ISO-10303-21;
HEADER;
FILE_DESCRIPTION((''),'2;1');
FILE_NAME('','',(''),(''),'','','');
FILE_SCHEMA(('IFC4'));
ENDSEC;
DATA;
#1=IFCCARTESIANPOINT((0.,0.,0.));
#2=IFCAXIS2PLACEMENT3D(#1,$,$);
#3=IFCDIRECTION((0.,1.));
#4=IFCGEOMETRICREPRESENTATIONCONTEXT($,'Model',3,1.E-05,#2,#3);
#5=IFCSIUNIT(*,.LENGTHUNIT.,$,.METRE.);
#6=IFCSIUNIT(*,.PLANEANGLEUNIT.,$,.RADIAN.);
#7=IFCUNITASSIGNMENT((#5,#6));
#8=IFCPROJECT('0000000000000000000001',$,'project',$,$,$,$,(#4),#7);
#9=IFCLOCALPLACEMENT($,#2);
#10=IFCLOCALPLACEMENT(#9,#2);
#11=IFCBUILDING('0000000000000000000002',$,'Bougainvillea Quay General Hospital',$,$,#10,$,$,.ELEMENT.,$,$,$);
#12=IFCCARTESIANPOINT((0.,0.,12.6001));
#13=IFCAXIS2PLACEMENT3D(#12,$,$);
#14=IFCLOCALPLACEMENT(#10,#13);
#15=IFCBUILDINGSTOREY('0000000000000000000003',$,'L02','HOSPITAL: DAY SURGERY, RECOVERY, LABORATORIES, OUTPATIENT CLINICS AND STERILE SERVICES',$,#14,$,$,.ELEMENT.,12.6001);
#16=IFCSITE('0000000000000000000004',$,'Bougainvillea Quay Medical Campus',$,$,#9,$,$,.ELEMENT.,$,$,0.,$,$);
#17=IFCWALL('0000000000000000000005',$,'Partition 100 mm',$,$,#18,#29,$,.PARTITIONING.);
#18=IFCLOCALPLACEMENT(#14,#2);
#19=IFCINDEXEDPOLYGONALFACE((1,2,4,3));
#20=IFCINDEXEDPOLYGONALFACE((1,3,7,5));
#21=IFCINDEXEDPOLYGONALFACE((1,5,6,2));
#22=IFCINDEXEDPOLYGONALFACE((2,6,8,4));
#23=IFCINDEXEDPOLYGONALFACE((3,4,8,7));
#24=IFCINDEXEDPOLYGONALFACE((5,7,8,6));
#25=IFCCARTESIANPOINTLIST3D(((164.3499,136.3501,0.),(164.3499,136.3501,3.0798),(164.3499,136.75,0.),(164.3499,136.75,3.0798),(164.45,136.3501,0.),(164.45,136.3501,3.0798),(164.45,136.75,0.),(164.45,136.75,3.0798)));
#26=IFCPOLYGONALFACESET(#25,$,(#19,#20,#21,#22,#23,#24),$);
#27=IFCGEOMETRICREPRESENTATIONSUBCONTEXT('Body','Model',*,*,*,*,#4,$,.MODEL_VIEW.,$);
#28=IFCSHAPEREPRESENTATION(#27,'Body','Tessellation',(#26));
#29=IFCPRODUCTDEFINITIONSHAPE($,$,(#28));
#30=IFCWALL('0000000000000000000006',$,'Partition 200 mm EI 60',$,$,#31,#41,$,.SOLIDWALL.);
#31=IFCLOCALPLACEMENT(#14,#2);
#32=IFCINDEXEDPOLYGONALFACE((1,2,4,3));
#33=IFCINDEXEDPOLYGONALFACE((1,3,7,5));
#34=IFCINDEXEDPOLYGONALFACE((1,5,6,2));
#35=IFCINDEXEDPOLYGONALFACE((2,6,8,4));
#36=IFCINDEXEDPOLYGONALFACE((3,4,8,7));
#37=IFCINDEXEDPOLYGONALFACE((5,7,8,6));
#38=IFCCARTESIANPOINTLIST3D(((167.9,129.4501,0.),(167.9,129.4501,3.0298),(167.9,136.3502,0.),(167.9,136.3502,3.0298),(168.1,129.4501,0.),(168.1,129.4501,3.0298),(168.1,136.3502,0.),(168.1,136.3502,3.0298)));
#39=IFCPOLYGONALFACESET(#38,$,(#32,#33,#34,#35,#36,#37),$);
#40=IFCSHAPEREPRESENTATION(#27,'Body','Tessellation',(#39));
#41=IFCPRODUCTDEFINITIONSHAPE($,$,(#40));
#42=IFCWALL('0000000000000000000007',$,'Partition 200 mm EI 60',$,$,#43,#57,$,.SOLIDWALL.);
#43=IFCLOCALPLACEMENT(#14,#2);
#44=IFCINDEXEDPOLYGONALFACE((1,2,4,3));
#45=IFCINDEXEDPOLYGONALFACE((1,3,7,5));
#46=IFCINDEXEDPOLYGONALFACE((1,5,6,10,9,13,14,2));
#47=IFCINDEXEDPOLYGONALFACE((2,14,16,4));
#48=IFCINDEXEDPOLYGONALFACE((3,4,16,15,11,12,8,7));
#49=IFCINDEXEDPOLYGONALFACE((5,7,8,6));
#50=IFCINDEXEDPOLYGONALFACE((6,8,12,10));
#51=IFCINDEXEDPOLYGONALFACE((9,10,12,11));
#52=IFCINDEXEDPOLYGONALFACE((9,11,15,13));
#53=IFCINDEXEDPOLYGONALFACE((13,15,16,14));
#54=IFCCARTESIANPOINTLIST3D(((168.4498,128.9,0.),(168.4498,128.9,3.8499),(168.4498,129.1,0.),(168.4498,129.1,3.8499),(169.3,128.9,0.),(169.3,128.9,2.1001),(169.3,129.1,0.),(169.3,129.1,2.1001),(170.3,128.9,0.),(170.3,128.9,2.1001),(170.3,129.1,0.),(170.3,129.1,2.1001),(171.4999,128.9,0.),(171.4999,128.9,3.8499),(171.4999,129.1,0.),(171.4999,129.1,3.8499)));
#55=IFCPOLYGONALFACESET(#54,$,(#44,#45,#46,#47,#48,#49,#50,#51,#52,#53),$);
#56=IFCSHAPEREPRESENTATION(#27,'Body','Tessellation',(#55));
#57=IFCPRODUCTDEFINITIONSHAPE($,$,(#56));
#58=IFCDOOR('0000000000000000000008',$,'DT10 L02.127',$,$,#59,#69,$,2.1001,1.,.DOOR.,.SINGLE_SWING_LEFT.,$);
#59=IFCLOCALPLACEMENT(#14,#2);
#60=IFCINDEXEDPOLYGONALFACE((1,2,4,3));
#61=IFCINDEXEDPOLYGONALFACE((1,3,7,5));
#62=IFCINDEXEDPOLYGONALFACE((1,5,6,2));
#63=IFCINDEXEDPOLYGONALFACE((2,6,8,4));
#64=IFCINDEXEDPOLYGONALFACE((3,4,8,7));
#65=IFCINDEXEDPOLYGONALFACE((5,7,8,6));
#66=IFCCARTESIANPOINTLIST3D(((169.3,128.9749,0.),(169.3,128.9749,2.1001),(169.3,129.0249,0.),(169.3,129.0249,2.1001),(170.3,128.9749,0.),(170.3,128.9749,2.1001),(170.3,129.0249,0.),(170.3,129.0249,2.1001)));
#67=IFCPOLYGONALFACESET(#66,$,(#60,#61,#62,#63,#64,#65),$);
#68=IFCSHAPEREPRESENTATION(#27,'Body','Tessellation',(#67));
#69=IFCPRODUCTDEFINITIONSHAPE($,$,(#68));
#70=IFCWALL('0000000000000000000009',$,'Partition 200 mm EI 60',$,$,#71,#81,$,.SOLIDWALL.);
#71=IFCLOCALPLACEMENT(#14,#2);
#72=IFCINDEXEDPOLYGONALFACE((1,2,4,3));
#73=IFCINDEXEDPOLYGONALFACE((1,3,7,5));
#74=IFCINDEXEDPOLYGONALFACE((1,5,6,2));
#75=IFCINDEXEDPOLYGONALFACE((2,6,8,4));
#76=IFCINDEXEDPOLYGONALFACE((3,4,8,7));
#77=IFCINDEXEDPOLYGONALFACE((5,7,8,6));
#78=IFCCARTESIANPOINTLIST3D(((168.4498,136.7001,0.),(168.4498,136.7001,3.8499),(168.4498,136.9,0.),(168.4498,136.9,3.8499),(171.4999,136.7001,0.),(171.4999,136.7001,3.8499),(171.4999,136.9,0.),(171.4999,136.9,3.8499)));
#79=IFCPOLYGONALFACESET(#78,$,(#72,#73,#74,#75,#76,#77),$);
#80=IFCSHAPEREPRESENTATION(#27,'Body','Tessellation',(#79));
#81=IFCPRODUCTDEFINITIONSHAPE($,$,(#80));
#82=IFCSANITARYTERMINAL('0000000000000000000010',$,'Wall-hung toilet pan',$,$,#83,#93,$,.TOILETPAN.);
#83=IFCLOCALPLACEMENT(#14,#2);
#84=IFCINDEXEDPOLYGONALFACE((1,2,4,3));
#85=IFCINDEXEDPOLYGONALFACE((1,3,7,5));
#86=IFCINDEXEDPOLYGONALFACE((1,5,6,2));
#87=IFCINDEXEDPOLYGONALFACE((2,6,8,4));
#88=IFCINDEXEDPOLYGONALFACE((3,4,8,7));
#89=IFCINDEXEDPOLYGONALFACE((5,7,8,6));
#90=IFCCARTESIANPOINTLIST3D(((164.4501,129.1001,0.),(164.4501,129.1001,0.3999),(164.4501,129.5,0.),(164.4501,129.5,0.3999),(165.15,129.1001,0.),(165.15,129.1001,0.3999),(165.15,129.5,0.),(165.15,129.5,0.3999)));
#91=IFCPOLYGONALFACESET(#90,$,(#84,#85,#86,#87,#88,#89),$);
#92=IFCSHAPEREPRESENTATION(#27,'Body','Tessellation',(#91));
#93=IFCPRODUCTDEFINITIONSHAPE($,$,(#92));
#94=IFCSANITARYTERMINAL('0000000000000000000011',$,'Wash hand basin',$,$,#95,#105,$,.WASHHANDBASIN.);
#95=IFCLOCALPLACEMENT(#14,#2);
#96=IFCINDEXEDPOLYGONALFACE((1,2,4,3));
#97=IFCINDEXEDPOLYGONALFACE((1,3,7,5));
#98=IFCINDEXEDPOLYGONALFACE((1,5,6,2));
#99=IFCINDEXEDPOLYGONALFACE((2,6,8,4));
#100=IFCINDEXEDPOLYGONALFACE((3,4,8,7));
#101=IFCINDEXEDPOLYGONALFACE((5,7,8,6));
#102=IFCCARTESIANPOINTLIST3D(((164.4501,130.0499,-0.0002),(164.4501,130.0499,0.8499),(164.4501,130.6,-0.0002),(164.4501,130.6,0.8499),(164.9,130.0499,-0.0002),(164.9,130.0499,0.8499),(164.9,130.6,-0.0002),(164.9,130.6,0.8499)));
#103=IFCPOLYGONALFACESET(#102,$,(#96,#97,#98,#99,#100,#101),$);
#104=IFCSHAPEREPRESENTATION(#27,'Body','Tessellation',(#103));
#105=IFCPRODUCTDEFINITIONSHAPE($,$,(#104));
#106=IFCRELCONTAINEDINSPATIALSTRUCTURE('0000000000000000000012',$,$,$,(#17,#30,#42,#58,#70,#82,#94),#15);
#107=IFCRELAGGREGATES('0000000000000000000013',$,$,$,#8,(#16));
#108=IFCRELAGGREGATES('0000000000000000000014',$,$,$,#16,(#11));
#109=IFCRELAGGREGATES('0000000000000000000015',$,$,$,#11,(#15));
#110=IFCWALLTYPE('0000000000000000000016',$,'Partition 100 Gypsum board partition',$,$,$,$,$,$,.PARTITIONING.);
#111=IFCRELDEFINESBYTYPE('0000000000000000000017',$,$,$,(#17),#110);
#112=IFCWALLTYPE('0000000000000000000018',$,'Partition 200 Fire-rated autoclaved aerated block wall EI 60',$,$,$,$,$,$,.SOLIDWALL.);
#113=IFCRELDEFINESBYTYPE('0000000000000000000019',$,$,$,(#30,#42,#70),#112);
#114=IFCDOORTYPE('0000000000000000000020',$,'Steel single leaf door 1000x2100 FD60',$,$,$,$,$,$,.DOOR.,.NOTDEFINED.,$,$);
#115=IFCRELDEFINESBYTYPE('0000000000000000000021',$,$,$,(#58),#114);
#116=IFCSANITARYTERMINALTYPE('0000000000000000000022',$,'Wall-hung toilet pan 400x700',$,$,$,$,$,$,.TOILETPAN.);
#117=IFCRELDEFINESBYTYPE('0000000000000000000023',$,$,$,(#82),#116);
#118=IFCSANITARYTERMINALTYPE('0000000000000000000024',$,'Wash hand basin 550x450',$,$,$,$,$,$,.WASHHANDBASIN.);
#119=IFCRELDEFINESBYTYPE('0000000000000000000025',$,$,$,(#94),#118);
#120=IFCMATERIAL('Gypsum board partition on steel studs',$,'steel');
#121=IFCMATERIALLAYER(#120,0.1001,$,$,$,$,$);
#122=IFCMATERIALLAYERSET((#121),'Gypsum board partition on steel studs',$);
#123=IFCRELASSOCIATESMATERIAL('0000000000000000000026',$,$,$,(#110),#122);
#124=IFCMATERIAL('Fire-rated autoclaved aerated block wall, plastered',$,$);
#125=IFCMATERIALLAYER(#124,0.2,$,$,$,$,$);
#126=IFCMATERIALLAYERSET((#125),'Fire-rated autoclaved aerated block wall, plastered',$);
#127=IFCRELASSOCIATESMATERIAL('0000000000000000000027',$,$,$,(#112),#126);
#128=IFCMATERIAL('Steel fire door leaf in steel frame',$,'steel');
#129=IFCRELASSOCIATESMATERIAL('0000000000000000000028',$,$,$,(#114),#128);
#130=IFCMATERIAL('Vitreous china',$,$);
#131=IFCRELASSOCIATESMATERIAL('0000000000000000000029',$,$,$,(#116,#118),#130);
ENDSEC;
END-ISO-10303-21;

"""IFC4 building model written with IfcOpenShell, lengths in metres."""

from ifc_helpers import new_model, si_unit, direction, frame, frame_2d, origin, origin_2d, place, context, subcontext, project, spatial, rectangle, extrude, material, layer, layer_set, type_object, element, fill, save


model = new_model("IFC4")

# Units and contexts
model_context = context("Model", 3, precision=1e-05, world=origin(), true_north=direction((0.0, 1.0)))
body_context = subcontext(model_context, "Body", "Model", "MODEL_VIEW")
ifc_project = project(units=[si_unit("LENGTHUNIT", "METRE"), si_unit("PLANEANGLEUNIT", "RADIAN")], contexts=[model_context])

# Site, building, storey
site_placement = place(None, origin())
site = spatial("IfcSite", under=ifc_project, at=site_placement, Name="Bougainvillea Quay Medical Campus", CompositionType="ELEMENT", RefElevation=0.0)
building_placement = place(site_placement, origin())
building = spatial("IfcBuilding", under=site, at=building_placement, Name="Bougainvillea Quay General Hospital", CompositionType="ELEMENT")
storey_placement = place(building_placement, frame((0.0, 0.0, 12.6001)))
storey = spatial("IfcBuildingStorey", under=building, at=storey_placement, Name="L02", Description="HOSPITAL: DAY SURGERY, RECOVERY, LABORATORIES, OUTPATIENT CLINICS AND STERILE SERVICES", CompositionType="ELEMENT", Elevation=12.6001)

# Shared definitions
ifc_material_1 = material(Name="Gypsum board partition on steel studs", Category="steel")
ifc_layer_1 = layer(ifc_material_1, 0.1001)
ifc_layer_set_1 = layer_set([ifc_layer_1], Name="Gypsum board partition on steel studs")
wall_type_1 = type_object("IfcWallType", Name="Partition 100 Gypsum board partition", PredefinedType="PARTITIONING", material=ifc_layer_set_1)

# Walls
wall_1_placement = place(storey_placement, frame((164.3999, 136.3501, 0.0), z_axis=(0.0, 0.0, 1.0), x_axis=(0.0, 1.0, 0.0)))
element("IfcWall", 1, at=wall_1_placement, inside=storey, type_object=wall_type_1, Name="Partition 100 mm", PredefinedType="PARTITIONING", context=body_context, shape_type="SweptSolid", body=[
    extrude(rectangle(XDim=0.3999, YDim=0.1001, at=frame_2d((0.2, 0.0))), origin(), (0.0, 0.0, 1.0), 3.0798),
])
ifc_material_2 = material(Name="Fire-rated autoclaved aerated block wall, plastered")
ifc_layer_2 = layer(ifc_material_2, 0.2)
ifc_layer_set_2 = layer_set([ifc_layer_2], Name="Fire-rated autoclaved aerated block wall, plastered")
wall_type_2 = type_object("IfcWallType", Name="Partition 200 Fire-rated autoclaved aerated block wall EI 60", PredefinedType="SOLIDWALL", material=ifc_layer_set_2)
wall_2_placement = place(storey_placement, frame((168.0, 129.45, 0.0), z_axis=(0.0, 0.0, 1.0), x_axis=(0.0, 1.0, 0.0)))
element("IfcWall", 2, at=wall_2_placement, inside=storey, type_object=wall_type_2, Name="Partition 200 mm EI 60", PredefinedType="SOLIDWALL", context=body_context, shape_type="SweptSolid", body=[
    extrude(rectangle(XDim=6.9001, YDim=0.2, at=frame_2d((3.4502, 0.0))), origin(), (0.0, 0.0, 1.0), 3.0298),
])

# Wall, opening, door
wall_3_placement = place(storey_placement, frame((168.45, 129.0, 0.0), z_axis=(0.0, 0.0, 1.0), x_axis=(1.0, 0.0, 0.0)))
wall_3 = element("IfcWall", 3, at=wall_3_placement, inside=storey, type_object=wall_type_2, Name="Partition 200 mm EI 60", PredefinedType="SOLIDWALL", context=body_context, shape_type="SweptSolid", body=[
    extrude(rectangle(XDim=3.05, YDim=0.2, at=frame_2d((1.5249, 0.0))), origin(), (0.0, 0.0, 1.0), 3.8499),
])
opening_1_placement = place(wall_3_placement, frame((0.8501, 0.0, 0.0)))
opening_1 = element("IfcOpeningElement", 4, at=opening_1_placement, cuts=wall_3, PredefinedType="OPENING", context=body_context, shape_type="SweptSolid", body=[
    extrude(rectangle(XDim=1.0, YDim=2.1001, at=frame_2d((0.5, 1.05))), frame((0.0, 0.1099, 0.0), z_axis=(0.0, -1.0, 0.0), x_axis=(1.0, 0.0, 0.0)), (0.0, 0.0, 1.0), 0.22),
])
ifc_material_3 = material(Name="Steel fire door leaf in steel frame", Category="steel")
door_type_1 = type_object("IfcDoorType", Name="Steel single leaf door 1000x2100 FD60", OperationType="NOTDEFINED", PredefinedType="DOOR", material=ifc_material_3)
door_1_placement = place(opening_1_placement, origin())
door_1 = element("IfcDoor", 5, at=door_1_placement, inside=storey, type_object=door_type_1, Name="DT10 L02.127", OperationType="SINGLE_SWING_LEFT", OverallHeight=2.1001, OverallWidth=1.0, PredefinedType="DOOR", context=body_context, shape_type="SweptSolid", body=[
    extrude(rectangle(XDim=1.0, YDim=2.1001, at=frame_2d((0.5, 1.05))), frame((0.0, 0.0249, 0.0), z_axis=(0.0, -1.0, 0.0), x_axis=(1.0, 0.0, 0.0)), (0.0, 0.0, 1.0), 0.05),
])
fill(opening_1, door_1)

# Wall
wall_4_placement = place(storey_placement, frame((168.45, 136.8, 0.0), z_axis=(0.0, 0.0, 1.0), x_axis=(1.0, 0.0, 0.0)))
element("IfcWall", 6, at=wall_4_placement, inside=storey, type_object=wall_type_2, Name="Partition 200 mm EI 60", PredefinedType="SOLIDWALL", context=body_context, shape_type="SweptSolid", body=[
    extrude(rectangle(XDim=3.05, YDim=0.2, at=frame_2d((1.5249, 0.0))), origin(), (0.0, 0.0, 1.0), 3.8499),
])

# Sanitary terminals
ifc_material_4 = material(Name="Vitreous china")
sanitary_terminal_type_1 = type_object("IfcSanitaryTerminalType", Name="Wall-hung toilet pan 400x700", PredefinedType="TOILETPAN", material=ifc_material_4)
sanitary_terminal_1_placement = place(storey_placement, frame((164.8, 129.3, 0.0), z_axis=(0.0, 0.0, 1.0), x_axis=(0.0, 1.0, 0.0)))
element("IfcSanitaryTerminal", 7, at=sanitary_terminal_1_placement, inside=storey, type_object=sanitary_terminal_type_1, Name="Wall-hung toilet pan", PredefinedType="TOILETPAN", context=body_context, shape_type="SweptSolid", body=[
    extrude(rectangle(XDim=0.3999, YDim=0.7, at=origin_2d()), origin(), (0.0, 0.0, 1.0), 0.3999),
])
sanitary_terminal_type_2 = type_object("IfcSanitaryTerminalType", Name="Wash hand basin 550x450", PredefinedType="WASHHANDBASIN", material=ifc_material_4)
sanitary_terminal_2_placement = place(storey_placement, frame((164.675, 130.325, -0.0002), z_axis=(0.0, 0.0, 1.0), x_axis=(0.0, 1.0, 0.0)))
element("IfcSanitaryTerminal", 8, at=sanitary_terminal_2_placement, inside=storey, type_object=sanitary_terminal_type_2, Name="Wash hand basin", PredefinedType="WASHHANDBASIN", context=body_context, shape_type="SweptSolid", body=[
    extrude(rectangle(XDim=0.55, YDim=0.45, at=origin_2d()), origin(), (0.0, 0.0, 1.0), 0.8501),
])

save(model, "model.ifc")
